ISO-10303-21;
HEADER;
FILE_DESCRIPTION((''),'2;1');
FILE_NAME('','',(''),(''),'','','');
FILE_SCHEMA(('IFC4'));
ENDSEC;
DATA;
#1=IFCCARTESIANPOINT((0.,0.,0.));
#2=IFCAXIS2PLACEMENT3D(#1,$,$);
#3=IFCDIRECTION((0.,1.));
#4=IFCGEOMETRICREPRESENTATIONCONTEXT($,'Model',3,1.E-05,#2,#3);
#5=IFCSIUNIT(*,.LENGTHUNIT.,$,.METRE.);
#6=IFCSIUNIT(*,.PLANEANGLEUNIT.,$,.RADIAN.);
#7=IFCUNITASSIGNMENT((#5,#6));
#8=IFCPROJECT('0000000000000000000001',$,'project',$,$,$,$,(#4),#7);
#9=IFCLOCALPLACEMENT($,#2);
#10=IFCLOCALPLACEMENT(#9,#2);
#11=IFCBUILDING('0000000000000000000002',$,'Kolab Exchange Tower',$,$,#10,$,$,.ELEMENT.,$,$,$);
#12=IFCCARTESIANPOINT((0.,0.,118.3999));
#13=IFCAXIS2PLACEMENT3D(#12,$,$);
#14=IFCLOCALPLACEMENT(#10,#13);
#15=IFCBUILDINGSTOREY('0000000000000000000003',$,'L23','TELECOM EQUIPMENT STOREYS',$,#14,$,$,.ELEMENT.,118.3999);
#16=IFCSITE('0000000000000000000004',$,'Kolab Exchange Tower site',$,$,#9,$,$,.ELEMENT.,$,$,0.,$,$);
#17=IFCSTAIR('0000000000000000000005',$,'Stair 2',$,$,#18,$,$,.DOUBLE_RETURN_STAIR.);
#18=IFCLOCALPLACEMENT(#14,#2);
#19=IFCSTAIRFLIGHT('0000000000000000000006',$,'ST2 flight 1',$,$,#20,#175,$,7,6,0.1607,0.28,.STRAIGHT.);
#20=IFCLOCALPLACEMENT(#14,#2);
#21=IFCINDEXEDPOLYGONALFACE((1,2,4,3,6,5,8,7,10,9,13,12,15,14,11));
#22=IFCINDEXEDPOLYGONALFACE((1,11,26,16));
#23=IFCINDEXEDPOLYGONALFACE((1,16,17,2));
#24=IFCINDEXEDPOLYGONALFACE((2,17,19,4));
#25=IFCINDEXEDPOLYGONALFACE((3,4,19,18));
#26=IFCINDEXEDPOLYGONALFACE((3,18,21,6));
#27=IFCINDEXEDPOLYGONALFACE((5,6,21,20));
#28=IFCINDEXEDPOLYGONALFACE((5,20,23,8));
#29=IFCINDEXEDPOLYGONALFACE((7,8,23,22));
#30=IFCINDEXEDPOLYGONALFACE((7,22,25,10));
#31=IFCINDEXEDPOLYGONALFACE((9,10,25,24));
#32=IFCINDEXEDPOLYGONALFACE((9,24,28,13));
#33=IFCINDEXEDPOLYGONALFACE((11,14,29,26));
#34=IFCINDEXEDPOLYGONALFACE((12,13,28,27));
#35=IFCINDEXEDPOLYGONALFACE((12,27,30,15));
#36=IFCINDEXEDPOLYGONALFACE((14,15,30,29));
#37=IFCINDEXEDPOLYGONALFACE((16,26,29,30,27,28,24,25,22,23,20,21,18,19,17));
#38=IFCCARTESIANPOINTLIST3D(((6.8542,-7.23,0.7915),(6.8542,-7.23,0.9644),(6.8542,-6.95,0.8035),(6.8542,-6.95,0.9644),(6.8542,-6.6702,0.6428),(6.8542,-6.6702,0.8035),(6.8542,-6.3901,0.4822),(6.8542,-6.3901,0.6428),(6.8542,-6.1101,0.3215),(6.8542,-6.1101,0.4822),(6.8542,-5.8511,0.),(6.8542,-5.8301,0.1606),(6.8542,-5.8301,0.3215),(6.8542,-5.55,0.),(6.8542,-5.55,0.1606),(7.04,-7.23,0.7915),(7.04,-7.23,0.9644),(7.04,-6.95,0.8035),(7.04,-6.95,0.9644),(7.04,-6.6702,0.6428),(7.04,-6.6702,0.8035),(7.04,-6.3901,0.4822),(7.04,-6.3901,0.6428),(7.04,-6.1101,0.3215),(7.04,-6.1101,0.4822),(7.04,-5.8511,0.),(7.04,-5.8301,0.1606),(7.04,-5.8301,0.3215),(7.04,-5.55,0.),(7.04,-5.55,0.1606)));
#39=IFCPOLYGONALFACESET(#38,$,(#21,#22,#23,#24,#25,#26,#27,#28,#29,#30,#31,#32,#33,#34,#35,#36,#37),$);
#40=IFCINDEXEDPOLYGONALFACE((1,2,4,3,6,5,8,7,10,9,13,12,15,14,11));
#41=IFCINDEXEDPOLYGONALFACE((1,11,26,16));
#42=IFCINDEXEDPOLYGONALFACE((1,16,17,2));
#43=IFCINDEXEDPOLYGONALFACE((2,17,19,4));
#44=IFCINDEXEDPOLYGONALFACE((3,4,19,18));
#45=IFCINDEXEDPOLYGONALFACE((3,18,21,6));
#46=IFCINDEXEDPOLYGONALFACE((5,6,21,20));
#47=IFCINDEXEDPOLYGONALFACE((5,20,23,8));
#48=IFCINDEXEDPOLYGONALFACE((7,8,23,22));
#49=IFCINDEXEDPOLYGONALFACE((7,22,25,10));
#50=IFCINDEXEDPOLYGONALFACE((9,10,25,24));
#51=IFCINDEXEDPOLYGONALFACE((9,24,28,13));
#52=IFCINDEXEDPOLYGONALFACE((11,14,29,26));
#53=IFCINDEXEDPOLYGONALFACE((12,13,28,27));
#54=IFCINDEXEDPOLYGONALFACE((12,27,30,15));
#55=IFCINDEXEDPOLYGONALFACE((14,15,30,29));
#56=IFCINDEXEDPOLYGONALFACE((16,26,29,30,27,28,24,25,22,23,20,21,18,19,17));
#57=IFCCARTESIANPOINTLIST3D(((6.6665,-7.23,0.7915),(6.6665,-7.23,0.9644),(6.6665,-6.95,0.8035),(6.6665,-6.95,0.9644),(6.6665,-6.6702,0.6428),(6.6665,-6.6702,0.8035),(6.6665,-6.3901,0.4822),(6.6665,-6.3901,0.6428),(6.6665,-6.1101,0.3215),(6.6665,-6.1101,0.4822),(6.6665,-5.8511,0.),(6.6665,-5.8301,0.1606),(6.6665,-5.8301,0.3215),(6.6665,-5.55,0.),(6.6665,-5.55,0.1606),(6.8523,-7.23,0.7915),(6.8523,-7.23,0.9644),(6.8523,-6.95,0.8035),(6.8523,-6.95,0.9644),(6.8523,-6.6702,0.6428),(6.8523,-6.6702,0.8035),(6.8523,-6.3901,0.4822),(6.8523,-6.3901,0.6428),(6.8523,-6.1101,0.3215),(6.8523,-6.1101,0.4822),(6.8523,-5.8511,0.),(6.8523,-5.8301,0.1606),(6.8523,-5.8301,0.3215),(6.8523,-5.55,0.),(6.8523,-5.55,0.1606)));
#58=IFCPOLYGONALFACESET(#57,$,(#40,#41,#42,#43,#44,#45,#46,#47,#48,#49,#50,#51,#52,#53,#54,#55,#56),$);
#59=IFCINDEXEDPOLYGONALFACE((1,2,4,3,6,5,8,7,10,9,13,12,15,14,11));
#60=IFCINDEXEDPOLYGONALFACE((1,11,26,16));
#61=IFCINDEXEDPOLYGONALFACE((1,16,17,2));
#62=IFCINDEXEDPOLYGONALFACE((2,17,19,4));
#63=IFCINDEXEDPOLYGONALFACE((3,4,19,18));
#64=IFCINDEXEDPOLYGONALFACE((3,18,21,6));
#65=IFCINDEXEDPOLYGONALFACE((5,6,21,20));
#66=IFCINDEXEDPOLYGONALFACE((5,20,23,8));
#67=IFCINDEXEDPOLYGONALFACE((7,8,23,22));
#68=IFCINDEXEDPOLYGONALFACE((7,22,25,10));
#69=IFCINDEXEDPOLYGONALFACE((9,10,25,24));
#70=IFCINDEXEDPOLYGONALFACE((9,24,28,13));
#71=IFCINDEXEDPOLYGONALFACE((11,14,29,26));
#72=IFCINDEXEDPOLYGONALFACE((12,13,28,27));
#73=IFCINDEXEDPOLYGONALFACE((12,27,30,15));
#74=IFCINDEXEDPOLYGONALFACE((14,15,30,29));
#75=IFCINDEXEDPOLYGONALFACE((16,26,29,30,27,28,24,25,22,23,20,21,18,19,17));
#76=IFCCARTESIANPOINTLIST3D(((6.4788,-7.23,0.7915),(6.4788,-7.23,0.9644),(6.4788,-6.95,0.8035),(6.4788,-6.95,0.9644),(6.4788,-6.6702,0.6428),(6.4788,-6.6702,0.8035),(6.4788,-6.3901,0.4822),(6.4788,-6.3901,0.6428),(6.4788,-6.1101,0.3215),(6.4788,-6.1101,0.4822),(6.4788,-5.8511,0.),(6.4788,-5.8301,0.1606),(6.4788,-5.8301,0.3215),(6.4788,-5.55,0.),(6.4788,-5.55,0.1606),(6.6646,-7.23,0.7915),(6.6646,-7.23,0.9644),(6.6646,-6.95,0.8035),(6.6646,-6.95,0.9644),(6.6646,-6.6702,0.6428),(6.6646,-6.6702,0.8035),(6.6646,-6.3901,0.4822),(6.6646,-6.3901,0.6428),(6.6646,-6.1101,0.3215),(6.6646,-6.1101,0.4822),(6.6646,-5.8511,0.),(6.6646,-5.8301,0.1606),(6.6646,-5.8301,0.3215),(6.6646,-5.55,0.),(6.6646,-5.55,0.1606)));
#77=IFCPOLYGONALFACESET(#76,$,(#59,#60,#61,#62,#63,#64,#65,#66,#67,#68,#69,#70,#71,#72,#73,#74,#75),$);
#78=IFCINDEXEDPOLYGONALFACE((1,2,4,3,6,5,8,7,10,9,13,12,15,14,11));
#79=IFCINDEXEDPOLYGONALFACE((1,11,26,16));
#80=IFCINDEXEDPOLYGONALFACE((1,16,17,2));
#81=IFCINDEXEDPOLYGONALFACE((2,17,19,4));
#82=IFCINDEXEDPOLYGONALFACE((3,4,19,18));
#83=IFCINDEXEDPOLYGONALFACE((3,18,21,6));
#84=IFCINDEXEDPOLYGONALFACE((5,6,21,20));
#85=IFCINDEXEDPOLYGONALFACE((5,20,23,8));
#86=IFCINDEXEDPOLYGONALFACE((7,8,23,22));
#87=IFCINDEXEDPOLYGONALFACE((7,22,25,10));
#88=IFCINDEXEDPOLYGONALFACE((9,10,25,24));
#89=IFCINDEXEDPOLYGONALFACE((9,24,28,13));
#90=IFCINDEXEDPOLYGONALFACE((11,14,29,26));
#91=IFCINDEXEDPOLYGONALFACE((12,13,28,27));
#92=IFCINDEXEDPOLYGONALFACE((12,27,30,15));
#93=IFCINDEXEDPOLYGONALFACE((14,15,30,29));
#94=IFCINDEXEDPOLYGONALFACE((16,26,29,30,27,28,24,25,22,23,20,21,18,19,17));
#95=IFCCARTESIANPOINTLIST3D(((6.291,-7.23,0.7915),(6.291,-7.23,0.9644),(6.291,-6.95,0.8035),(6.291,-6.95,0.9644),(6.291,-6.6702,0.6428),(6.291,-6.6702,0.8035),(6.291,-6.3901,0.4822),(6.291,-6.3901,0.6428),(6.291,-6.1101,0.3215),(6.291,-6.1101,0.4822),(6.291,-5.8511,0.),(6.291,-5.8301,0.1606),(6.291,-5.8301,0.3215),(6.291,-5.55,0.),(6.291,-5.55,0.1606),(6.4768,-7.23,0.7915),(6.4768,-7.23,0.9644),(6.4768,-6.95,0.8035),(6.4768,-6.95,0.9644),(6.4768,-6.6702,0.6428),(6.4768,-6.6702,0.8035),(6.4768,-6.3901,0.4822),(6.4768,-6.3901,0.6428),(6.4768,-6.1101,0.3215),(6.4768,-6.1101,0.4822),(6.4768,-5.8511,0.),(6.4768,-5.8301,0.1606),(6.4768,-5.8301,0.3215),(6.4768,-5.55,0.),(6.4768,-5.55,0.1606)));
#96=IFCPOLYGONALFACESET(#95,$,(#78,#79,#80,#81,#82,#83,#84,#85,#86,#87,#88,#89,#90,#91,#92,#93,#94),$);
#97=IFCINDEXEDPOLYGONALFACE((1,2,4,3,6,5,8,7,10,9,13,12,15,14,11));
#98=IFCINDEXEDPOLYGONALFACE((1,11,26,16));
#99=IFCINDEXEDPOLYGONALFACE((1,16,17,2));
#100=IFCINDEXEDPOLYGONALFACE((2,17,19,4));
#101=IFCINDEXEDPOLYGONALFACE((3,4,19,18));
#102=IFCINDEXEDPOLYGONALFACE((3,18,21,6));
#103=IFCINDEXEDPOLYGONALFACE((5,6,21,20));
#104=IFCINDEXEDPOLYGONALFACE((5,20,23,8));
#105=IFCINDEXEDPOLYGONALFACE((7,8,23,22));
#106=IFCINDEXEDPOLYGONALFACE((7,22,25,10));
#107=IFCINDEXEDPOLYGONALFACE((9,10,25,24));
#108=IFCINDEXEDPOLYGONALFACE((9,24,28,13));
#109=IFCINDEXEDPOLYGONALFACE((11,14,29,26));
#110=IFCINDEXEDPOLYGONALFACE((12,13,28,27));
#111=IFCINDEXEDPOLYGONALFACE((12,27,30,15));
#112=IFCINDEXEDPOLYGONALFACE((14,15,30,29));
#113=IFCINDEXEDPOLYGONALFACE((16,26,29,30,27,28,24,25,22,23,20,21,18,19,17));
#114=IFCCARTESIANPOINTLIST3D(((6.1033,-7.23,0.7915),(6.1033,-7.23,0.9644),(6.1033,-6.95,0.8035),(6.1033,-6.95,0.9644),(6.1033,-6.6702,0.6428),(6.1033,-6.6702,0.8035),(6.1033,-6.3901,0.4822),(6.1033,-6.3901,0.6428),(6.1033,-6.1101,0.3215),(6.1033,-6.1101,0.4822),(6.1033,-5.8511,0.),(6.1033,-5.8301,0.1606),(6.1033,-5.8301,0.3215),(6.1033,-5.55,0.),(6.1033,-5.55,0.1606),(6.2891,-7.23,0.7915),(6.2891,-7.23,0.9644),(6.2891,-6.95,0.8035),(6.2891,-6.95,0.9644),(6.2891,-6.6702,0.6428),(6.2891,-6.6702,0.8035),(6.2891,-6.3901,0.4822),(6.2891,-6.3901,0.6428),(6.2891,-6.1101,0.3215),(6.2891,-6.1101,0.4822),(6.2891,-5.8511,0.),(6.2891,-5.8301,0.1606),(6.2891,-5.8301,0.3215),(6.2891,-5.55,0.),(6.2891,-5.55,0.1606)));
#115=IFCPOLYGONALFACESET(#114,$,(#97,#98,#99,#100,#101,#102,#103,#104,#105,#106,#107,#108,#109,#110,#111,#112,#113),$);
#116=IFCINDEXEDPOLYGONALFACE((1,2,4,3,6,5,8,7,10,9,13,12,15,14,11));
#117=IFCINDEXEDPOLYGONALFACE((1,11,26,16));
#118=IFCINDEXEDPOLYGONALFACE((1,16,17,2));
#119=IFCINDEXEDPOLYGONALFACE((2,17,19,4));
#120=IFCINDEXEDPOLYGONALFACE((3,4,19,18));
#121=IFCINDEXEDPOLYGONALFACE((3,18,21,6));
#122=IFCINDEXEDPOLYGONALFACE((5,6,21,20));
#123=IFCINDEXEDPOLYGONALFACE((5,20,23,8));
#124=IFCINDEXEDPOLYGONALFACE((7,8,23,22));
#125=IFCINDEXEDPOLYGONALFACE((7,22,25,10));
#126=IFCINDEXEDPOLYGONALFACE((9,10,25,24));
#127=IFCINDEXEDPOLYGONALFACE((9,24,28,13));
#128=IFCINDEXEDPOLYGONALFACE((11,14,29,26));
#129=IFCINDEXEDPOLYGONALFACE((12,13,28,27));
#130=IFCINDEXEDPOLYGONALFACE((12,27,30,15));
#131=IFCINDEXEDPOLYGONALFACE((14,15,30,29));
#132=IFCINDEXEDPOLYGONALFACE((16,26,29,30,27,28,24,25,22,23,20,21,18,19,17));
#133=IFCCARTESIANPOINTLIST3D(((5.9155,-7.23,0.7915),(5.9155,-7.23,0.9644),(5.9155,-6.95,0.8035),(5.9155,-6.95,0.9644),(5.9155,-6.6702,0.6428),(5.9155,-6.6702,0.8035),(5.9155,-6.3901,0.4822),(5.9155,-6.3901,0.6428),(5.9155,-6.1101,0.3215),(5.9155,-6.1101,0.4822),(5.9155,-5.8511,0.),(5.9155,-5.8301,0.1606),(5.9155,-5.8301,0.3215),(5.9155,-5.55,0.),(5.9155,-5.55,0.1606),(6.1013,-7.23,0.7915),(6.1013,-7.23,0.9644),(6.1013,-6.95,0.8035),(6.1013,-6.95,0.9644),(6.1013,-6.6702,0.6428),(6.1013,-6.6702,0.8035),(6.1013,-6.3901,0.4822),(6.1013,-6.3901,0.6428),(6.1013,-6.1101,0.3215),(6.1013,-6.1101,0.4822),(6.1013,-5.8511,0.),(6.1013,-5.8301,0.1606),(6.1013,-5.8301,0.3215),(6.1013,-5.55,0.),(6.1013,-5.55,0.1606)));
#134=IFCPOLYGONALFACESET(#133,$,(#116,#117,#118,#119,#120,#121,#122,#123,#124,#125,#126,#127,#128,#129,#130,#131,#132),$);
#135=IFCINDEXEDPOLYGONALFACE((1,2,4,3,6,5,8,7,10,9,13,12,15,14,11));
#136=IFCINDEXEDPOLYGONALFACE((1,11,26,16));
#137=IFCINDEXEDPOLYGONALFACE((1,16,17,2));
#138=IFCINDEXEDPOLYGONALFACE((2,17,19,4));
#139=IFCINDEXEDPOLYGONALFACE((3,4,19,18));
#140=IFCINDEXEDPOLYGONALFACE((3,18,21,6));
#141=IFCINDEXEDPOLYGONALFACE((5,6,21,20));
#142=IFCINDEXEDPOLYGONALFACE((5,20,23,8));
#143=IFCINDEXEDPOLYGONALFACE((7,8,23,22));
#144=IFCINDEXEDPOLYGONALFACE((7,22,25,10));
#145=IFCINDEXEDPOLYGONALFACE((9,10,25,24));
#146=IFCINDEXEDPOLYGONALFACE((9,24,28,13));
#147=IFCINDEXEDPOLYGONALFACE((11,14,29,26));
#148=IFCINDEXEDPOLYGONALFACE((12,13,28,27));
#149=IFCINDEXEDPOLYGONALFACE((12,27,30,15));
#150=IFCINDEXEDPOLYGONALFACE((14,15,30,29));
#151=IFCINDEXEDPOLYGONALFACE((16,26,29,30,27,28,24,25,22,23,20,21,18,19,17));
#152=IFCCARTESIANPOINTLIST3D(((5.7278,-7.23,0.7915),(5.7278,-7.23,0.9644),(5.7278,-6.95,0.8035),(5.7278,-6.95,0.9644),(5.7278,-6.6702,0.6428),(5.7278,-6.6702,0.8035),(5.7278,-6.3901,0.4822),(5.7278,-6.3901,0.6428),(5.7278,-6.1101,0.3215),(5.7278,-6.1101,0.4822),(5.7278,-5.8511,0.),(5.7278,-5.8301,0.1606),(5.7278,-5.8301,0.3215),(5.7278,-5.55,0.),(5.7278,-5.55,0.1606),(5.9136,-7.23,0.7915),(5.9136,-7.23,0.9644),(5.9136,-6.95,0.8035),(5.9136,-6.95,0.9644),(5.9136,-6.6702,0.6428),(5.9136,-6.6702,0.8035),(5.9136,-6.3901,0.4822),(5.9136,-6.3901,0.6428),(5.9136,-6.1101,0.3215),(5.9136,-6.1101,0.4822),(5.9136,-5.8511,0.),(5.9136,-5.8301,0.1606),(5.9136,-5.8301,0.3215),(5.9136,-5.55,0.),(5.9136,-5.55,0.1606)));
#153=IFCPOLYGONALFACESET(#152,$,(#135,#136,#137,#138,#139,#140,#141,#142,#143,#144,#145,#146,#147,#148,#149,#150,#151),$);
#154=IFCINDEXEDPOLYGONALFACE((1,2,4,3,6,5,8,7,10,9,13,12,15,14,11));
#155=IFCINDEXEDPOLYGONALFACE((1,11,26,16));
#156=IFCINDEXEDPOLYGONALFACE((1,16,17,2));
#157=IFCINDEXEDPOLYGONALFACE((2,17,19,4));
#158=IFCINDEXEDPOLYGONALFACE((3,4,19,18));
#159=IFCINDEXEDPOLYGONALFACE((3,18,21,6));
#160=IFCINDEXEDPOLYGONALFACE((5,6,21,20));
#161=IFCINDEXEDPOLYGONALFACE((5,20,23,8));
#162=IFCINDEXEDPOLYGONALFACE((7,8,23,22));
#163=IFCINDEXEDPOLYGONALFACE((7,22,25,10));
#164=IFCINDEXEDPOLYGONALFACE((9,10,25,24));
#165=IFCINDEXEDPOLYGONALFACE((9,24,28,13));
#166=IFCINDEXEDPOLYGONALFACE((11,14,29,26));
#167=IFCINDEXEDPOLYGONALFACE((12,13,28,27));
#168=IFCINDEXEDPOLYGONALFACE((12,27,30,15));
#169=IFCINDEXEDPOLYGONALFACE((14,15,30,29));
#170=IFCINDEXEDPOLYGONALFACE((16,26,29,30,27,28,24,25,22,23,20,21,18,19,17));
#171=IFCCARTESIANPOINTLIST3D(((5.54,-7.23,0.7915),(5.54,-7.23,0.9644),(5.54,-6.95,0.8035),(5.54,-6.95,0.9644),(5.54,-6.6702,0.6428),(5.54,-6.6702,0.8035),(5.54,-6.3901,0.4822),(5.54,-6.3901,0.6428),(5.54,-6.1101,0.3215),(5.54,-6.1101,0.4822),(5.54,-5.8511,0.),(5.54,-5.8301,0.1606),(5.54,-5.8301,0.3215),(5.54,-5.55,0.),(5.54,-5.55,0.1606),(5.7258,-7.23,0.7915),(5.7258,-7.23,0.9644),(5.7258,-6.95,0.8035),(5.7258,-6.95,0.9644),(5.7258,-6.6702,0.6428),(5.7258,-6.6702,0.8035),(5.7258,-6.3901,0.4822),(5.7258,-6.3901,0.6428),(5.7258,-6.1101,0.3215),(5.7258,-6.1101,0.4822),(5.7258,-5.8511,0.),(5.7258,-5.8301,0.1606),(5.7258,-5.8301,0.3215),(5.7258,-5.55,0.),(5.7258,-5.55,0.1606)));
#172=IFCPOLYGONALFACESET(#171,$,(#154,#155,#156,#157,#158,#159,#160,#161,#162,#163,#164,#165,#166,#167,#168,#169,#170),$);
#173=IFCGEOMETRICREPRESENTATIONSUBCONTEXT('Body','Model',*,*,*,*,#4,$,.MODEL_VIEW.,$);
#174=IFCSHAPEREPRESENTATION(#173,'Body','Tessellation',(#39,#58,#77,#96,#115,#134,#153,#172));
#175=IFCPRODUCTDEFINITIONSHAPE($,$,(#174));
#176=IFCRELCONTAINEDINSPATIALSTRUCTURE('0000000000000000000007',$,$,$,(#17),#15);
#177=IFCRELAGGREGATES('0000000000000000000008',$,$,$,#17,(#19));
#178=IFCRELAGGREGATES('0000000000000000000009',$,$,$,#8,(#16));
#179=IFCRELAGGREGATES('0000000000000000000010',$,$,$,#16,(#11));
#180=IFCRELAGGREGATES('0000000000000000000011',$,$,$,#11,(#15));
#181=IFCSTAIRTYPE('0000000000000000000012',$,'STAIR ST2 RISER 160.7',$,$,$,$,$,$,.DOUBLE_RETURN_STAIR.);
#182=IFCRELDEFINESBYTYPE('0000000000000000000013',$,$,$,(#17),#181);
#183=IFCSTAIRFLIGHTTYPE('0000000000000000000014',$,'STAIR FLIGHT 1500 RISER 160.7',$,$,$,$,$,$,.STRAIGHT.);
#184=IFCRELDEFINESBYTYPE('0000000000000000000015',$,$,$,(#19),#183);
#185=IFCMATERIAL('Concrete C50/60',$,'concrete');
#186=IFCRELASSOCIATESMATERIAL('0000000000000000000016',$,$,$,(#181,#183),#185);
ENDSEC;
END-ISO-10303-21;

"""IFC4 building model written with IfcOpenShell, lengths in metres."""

from ifc_helpers import new_model, si_unit, direction, frame, origin, place, context, subcontext, project, spatial, polyline, outline, extrude, material, type_object, element, aggregate, save


model = new_model("IFC4")

# Units and contexts
model_context = context("Model", 3, precision=1e-05, world=origin(), true_north=direction((0.0, 1.0)))
body_context = subcontext(model_context, "Body", "Model", "MODEL_VIEW")
ifc_project = project(units=[si_unit("LENGTHUNIT", "METRE"), si_unit("PLANEANGLEUNIT", "RADIAN")], contexts=[model_context])

# Site, building, storey
site_placement = place(None, origin())
site = spatial("IfcSite", under=ifc_project, at=site_placement, Name="Kolab Exchange Tower site", CompositionType="ELEMENT", RefElevation=0.0)
building_placement = place(site_placement, origin())
building = spatial("IfcBuilding", under=site, at=building_placement, Name="Kolab Exchange Tower", CompositionType="ELEMENT")
storey_placement = place(building_placement, frame((0.0, 0.0, 118.3999)))
storey = spatial("IfcBuildingStorey", under=building, at=storey_placement, Name="L23", Description="TELECOM EQUIPMENT STOREYS", CompositionType="ELEMENT", Elevation=118.3999)

# Shared definitions
ifc_material_1 = material(Name="Concrete C50/60", Category="concrete")

# Stair, stair flight
stair_type = type_object("IfcStairType", Name="STAIR ST2 RISER 160.7", PredefinedType="DOUBLE_RETURN_STAIR", material=ifc_material_1)
stair_placement = place(storey_placement, origin())
stair = element("IfcStair", 1, at=stair_placement, inside=storey, type_object=stair_type, Name="Stair 2", PredefinedType="DOUBLE_RETURN_STAIR")
stair_flight_type = type_object("IfcStairFlightType", Name="STAIR FLIGHT 1500 RISER 160.7", PredefinedType="STRAIGHT", material=ifc_material_1)
stair_flight_1_placement = place(storey_placement, frame((6.29, -5.55, 0.0), z_axis=(0.0, 0.0, 1.0), x_axis=(0.0, -1.0, 0.0)))
stair_flight_1 = element("IfcStairFlight", 2, at=stair_flight_1_placement, type_object=stair_flight_type, Name="ST2 flight 1", NumberOfRisers=7, NumberOfTreads=6, PredefinedType="STRAIGHT", RiserHeight=0.1607, TreadLength=0.28, context=body_context, shape_type="SweptSolid", body=[
    extrude(outline(polyline([(0.0, 0.0), (0.0, 0.1606), (0.28, 0.1606), (0.28, 0.3215), (0.5601, 0.3215), (0.5601, 0.4822), (0.8401, 0.4822), (0.8401, 0.6428), (1.1201, 0.6428), (1.1201, 0.8035), (1.3999, 0.8035), (1.3999, 0.9644), (1.6799, 0.9644), (1.6799, 1.125), (1.6799, 0.7915), (0.301, 0.0), (0.0, 0.0)])), frame((0.0, 0.75, 0.0), z_axis=(0.0, -1.0, 0.0), x_axis=(1.0, 0.0, 0.0)), (0.0, 0.0, 1.0), 0.1858),
    extrude(outline(polyline([(0.0, 0.0), (0.0, 0.1606), (0.28, 0.1606), (0.28, 0.3215), (0.5601, 0.3215), (0.5601, 0.4822), (0.8401, 0.4822), (0.8401, 0.6428), (1.1201, 0.6428), (1.1201, 0.8035), (1.3999, 0.8035), (1.3999, 0.9644), (1.6799, 0.9644), (1.6799, 1.125), (1.6799, 0.7915), (0.301, 0.0), (0.0, 0.0)])), frame((0.0, 0.5623, 0.0), z_axis=(0.0, -1.0, 0.0), x_axis=(1.0, 0.0, 0.0)), (0.0, 0.0, 1.0), 0.1858),
    extrude(outline(polyline([(0.0, 0.0), (0.0, 0.1606), (0.28, 0.1606), (0.28, 0.3215), (0.5601, 0.3215), (0.5601, 0.4822), (0.8401, 0.4822), (0.8401, 0.6428), (1.1201, 0.6428), (1.1201, 0.8035), (1.3999, 0.8035), (1.3999, 0.9644), (1.6799, 0.9644), (1.6799, 1.125), (1.6799, 0.7915), (0.301, 0.0), (0.0, 0.0)])), frame((0.0, 0.3745, 0.0), z_axis=(0.0, -1.0, 0.0), x_axis=(1.0, 0.0, 0.0)), (0.0, 0.0, 1.0), 0.1858),
    extrude(outline(polyline([(0.0, 0.0), (0.0, 0.1606), (0.28, 0.1606), (0.28, 0.3215), (0.5601, 0.3215), (0.5601, 0.4822), (0.8401, 0.4822), (0.8401, 0.6428), (1.1201, 0.6428), (1.1201, 0.8035), (1.3999, 0.8035), (1.3999, 0.9644), (1.6799, 0.9644), (1.6799, 1.125), (1.6799, 0.7915), (0.301, 0.0), (0.0, 0.0)])), frame((0.0, 0.1868, 0.0), z_axis=(0.0, -1.0, 0.0), x_axis=(1.0, 0.0, 0.0)), (0.0, 0.0, 1.0), 0.1858),
    extrude(outline(polyline([(0.0, 0.0), (0.0, 0.1606), (0.28, 0.1606), (0.28, 0.3215), (0.5601, 0.3215), (0.5601, 0.4822), (0.8401, 0.4822), (0.8401, 0.6428), (1.1201, 0.6428), (1.1201, 0.8035), (1.3999, 0.8035), (1.3999, 0.9644), (1.6799, 0.9644), (1.6799, 1.125), (1.6799, 0.7915), (0.301, 0.0), (0.0, 0.0)])), frame((0.0, -0.001, 0.0), z_axis=(0.0, -1.0, 0.0), x_axis=(1.0, 0.0, 0.0)), (0.0, 0.0, 1.0), 0.1858),
    extrude(outline(polyline([(0.0, 0.0), (0.0, 0.1606), (0.28, 0.1606), (0.28, 0.3215), (0.5601, 0.3215), (0.5601, 0.4822), (0.8401, 0.4822), (0.8401, 0.6428), (1.1201, 0.6428), (1.1201, 0.8035), (1.3999, 0.8035), (1.3999, 0.9644), (1.6799, 0.9644), (1.6799, 1.125), (1.6799, 0.7915), (0.301, 0.0), (0.0, 0.0)])), frame((0.0, -0.1887, 0.0), z_axis=(0.0, -1.0, 0.0), x_axis=(1.0, 0.0, 0.0)), (0.0, 0.0, 1.0), 0.1858),
    extrude(outline(polyline([(0.0, 0.0), (0.0, 0.1606), (0.28, 0.1606), (0.28, 0.3215), (0.5601, 0.3215), (0.5601, 0.4822), (0.8401, 0.4822), (0.8401, 0.6428), (1.1201, 0.6428), (1.1201, 0.8035), (1.3999, 0.8035), (1.3999, 0.9644), (1.6799, 0.9644), (1.6799, 1.125), (1.6799, 0.7915), (0.301, 0.0), (0.0, 0.0)])), frame((0.0, -0.3765, 0.0), z_axis=(0.0, -1.0, 0.0), x_axis=(1.0, 0.0, 0.0)), (0.0, 0.0, 1.0), 0.1858),
    extrude(outline(polyline([(0.0, 0.0), (0.0, 0.1606), (0.28, 0.1606), (0.28, 0.3215), (0.5601, 0.3215), (0.5601, 0.4822), (0.8401, 0.4822), (0.8401, 0.6428), (1.1201, 0.6428), (1.1201, 0.8035), (1.3999, 0.8035), (1.3999, 0.9644), (1.6799, 0.9644), (1.6799, 1.125), (1.6799, 0.7915), (0.301, 0.0), (0.0, 0.0)])), frame((0.0, -0.5642, 0.0), z_axis=(0.0, -1.0, 0.0), x_axis=(1.0, 0.0, 0.0)), (0.0, 0.0, 1.0), 0.1858),
])
aggregate(stair, [stair_flight_1])

save(model, "model.ifc")
